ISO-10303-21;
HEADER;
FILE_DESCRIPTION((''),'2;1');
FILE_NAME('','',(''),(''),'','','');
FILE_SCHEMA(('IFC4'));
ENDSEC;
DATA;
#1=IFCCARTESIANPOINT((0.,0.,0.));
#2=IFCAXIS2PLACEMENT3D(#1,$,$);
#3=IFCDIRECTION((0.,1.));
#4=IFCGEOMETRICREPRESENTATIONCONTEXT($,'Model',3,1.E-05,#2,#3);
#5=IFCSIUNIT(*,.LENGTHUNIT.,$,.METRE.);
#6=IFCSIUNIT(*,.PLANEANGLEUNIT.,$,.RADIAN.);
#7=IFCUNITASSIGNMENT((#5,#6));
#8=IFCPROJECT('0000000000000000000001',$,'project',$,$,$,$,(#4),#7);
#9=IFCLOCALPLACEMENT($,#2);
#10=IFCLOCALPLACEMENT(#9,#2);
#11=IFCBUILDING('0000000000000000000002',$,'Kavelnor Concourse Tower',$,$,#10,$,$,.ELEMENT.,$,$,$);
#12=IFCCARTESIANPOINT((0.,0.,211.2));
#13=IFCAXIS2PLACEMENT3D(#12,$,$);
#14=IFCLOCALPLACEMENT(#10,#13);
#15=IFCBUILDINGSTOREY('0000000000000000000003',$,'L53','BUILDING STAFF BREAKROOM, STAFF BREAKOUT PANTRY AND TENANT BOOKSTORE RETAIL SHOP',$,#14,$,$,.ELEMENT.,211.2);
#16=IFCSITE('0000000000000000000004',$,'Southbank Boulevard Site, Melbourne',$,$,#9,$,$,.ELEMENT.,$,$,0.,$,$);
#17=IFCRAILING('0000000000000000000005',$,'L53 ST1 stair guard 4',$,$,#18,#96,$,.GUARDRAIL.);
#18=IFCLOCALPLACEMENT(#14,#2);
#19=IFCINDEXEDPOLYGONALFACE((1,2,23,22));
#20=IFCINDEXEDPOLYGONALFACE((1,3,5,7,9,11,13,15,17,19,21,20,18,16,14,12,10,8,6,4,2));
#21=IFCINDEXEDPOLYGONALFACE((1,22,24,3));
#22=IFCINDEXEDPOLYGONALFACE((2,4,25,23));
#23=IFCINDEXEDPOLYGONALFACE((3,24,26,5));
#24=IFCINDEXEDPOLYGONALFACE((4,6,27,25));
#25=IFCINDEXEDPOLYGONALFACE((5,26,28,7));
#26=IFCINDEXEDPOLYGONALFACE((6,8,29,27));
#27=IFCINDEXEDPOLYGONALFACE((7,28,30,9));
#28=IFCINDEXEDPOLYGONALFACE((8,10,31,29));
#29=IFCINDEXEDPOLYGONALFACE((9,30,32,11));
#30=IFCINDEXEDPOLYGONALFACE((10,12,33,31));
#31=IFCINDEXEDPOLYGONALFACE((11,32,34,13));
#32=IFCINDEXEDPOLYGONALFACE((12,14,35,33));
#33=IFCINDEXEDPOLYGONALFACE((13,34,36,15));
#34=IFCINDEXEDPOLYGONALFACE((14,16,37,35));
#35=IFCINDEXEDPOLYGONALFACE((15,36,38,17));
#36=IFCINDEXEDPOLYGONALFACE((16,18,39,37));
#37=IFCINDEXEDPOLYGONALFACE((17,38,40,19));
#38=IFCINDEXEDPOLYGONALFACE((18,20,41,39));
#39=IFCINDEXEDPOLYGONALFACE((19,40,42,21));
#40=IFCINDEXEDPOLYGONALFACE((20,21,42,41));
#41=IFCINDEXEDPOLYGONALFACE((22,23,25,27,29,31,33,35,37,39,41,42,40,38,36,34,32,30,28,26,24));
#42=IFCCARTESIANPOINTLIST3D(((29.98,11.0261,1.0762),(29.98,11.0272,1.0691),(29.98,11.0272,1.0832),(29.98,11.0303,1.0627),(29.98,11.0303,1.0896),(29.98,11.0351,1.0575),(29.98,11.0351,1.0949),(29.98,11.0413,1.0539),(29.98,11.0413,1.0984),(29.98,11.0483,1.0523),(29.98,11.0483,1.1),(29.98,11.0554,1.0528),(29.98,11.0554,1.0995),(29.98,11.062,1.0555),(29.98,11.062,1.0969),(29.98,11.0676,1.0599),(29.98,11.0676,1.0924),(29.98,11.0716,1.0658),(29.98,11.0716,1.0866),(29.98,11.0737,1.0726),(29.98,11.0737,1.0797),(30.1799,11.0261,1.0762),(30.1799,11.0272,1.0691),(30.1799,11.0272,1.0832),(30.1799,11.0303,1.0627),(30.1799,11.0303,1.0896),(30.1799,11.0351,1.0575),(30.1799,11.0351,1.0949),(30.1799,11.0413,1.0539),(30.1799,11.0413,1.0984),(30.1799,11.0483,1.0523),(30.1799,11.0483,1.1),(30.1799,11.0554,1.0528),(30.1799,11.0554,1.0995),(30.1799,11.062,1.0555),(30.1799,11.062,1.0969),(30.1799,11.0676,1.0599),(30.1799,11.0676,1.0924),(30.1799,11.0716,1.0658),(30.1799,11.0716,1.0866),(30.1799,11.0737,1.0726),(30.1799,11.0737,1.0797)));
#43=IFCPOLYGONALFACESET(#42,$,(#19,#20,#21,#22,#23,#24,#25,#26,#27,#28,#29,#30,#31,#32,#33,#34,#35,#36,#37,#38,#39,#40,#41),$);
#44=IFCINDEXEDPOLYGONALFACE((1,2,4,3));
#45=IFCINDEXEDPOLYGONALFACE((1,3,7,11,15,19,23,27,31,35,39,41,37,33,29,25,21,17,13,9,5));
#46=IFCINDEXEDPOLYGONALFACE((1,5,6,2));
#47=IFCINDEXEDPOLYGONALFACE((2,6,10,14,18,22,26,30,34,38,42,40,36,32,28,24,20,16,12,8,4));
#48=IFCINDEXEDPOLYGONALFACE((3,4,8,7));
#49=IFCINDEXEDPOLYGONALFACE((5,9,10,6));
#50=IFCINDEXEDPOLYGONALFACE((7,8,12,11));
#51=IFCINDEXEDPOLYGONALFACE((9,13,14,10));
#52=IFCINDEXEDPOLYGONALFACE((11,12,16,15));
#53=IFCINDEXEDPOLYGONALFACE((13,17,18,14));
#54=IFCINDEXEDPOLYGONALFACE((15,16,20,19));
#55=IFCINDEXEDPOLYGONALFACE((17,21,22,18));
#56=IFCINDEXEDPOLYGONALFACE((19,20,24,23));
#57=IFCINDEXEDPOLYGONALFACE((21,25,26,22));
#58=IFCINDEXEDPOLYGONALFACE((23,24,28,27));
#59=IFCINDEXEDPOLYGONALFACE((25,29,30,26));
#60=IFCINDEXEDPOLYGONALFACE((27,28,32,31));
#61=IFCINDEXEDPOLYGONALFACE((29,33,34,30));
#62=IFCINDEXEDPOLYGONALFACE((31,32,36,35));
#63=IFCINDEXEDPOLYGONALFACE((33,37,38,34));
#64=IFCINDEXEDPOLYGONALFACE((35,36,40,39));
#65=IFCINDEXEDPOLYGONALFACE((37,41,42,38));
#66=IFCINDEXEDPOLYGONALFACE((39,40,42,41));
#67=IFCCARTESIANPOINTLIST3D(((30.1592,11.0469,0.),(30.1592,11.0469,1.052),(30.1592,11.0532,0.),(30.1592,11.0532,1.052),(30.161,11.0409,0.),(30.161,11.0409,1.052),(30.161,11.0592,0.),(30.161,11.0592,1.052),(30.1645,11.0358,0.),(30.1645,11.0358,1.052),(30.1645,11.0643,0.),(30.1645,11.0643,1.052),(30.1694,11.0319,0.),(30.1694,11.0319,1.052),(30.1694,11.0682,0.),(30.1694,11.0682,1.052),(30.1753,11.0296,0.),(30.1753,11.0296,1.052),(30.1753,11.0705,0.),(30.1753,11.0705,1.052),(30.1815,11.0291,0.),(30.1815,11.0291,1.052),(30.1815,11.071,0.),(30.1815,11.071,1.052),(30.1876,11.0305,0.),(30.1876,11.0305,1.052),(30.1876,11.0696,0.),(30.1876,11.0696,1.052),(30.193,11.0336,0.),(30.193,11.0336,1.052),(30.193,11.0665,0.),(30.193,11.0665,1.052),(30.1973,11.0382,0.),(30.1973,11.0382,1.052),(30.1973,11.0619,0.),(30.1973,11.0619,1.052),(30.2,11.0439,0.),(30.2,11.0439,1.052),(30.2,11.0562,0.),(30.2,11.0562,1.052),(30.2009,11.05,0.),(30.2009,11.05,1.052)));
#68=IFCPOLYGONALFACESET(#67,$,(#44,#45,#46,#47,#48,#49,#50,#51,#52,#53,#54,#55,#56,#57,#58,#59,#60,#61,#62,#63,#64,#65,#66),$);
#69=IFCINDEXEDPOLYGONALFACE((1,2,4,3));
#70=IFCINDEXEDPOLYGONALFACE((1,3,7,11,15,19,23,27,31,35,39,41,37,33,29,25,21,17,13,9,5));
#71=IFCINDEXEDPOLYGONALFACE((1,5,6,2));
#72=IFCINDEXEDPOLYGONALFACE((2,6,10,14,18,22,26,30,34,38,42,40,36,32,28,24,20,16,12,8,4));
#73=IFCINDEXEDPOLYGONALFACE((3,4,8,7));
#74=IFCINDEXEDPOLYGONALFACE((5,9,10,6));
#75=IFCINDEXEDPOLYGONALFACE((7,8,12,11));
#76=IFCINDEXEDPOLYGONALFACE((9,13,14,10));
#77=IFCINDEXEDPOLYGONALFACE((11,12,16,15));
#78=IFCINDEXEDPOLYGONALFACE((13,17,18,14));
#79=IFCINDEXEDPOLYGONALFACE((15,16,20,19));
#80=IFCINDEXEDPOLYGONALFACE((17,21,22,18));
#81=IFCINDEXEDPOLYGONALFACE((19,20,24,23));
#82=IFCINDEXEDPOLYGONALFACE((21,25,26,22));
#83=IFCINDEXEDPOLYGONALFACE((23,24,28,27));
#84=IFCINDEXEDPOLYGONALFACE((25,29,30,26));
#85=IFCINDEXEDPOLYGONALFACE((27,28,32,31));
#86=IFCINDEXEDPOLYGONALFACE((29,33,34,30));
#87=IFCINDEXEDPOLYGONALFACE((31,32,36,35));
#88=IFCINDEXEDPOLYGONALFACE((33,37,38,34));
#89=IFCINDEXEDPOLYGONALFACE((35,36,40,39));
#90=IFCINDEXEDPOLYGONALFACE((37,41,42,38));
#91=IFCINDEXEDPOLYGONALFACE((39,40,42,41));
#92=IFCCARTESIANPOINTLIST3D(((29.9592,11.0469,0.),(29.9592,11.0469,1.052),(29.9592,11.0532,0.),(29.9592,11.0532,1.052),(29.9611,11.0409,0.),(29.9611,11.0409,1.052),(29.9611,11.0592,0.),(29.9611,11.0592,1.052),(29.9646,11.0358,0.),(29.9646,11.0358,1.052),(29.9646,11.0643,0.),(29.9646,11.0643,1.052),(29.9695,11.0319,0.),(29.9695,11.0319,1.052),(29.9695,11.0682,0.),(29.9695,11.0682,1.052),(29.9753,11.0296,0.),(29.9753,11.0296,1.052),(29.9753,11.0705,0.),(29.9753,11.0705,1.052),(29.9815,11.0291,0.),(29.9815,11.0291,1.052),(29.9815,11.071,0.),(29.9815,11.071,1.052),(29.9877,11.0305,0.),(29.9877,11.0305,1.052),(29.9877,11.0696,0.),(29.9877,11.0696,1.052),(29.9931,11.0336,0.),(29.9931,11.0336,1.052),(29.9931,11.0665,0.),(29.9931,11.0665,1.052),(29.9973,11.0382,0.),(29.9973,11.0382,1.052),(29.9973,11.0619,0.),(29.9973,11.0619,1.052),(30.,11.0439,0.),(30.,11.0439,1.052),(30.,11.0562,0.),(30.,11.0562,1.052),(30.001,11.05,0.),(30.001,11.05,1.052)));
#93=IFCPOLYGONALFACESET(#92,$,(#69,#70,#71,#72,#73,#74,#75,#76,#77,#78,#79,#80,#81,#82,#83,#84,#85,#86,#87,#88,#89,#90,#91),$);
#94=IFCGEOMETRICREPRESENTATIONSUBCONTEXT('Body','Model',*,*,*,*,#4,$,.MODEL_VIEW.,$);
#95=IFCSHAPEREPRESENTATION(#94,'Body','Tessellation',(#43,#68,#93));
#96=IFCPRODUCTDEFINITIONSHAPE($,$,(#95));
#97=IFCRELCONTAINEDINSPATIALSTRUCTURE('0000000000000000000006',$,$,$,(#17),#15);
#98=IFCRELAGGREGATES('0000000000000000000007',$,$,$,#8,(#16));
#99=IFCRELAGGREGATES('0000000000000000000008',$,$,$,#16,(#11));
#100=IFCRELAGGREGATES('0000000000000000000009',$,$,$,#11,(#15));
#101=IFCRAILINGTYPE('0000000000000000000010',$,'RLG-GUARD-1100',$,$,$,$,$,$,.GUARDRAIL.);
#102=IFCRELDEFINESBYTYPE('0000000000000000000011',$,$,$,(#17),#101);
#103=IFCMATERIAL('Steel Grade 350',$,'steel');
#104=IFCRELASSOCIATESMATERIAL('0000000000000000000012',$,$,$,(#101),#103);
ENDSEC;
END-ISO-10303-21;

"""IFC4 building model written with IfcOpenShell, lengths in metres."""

from ifc_helpers import new_model, si_unit, direction, frame, origin, origin_2d, place, context, subcontext, project, spatial, circle, extrude, material, type_object, element, save


model = new_model("IFC4")

# Units and contexts
model_context = context("Model", 3, precision=1e-05, world=origin(), true_north=direction((0.0, 1.0)))
body_context = subcontext(model_context, "Body", "Model", "MODEL_VIEW")
ifc_project = project(units=[si_unit("LENGTHUNIT", "METRE"), si_unit("PLANEANGLEUNIT", "RADIAN")], contexts=[model_context])

# Site, building, storey
site_placement = place(None, origin())
site = spatial("IfcSite", under=ifc_project, at=site_placement, Name="Southbank Boulevard Site, Melbourne", CompositionType="ELEMENT", RefElevation=0.0)
building_placement = place(site_placement, origin())
building = spatial("IfcBuilding", under=site, at=building_placement, Name="Kavelnor Concourse Tower", CompositionType="ELEMENT")
storey_placement = place(building_placement, frame((0.0, 0.0, 211.2)))
storey = spatial("IfcBuildingStorey", under=building, at=storey_placement, Name="L53", Description="BUILDING STAFF BREAKROOM, STAFF BREAKOUT PANTRY AND TENANT BOOKSTORE RETAIL SHOP", CompositionType="ELEMENT", Elevation=211.2)

# Shared definitions
ifc_material_1 = material(Name="Steel Grade 350", Category="steel")

# Railing
railing_type_1 = type_object("IfcRailingType", Name="RLG-GUARD-1100", PredefinedType="GUARDRAIL", material=ifc_material_1)
railing_1_placement = place(storey_placement, frame((30.1799, 11.05, 0.0)))
element("IfcRailing", 1, at=railing_1_placement, inside=storey, type_object=railing_type_1, Name="L53 ST1 stair guard 4", PredefinedType="GUARDRAIL", context=body_context, shape_type="SweptSolid", body=[
    extrude(circle(Radius=0.0239, at=origin_2d()), frame((0.0, 0.0, 1.0762), z_axis=(-1.0, 0.0, 0.0), x_axis=(0.0, -1.0, 0.0)), (0.0, 0.0, 1.0), 0.2),
    extrude(circle(Radius=0.021, at=origin_2d()), origin(), (0.0, 0.0, 1.0), 1.052),
    extrude(circle(Radius=0.021, at=origin_2d()), frame((-0.2, 0.0, 0.0)), (0.0, 0.0, 1.0), 1.052),
])

save(model, "model.ifc")
